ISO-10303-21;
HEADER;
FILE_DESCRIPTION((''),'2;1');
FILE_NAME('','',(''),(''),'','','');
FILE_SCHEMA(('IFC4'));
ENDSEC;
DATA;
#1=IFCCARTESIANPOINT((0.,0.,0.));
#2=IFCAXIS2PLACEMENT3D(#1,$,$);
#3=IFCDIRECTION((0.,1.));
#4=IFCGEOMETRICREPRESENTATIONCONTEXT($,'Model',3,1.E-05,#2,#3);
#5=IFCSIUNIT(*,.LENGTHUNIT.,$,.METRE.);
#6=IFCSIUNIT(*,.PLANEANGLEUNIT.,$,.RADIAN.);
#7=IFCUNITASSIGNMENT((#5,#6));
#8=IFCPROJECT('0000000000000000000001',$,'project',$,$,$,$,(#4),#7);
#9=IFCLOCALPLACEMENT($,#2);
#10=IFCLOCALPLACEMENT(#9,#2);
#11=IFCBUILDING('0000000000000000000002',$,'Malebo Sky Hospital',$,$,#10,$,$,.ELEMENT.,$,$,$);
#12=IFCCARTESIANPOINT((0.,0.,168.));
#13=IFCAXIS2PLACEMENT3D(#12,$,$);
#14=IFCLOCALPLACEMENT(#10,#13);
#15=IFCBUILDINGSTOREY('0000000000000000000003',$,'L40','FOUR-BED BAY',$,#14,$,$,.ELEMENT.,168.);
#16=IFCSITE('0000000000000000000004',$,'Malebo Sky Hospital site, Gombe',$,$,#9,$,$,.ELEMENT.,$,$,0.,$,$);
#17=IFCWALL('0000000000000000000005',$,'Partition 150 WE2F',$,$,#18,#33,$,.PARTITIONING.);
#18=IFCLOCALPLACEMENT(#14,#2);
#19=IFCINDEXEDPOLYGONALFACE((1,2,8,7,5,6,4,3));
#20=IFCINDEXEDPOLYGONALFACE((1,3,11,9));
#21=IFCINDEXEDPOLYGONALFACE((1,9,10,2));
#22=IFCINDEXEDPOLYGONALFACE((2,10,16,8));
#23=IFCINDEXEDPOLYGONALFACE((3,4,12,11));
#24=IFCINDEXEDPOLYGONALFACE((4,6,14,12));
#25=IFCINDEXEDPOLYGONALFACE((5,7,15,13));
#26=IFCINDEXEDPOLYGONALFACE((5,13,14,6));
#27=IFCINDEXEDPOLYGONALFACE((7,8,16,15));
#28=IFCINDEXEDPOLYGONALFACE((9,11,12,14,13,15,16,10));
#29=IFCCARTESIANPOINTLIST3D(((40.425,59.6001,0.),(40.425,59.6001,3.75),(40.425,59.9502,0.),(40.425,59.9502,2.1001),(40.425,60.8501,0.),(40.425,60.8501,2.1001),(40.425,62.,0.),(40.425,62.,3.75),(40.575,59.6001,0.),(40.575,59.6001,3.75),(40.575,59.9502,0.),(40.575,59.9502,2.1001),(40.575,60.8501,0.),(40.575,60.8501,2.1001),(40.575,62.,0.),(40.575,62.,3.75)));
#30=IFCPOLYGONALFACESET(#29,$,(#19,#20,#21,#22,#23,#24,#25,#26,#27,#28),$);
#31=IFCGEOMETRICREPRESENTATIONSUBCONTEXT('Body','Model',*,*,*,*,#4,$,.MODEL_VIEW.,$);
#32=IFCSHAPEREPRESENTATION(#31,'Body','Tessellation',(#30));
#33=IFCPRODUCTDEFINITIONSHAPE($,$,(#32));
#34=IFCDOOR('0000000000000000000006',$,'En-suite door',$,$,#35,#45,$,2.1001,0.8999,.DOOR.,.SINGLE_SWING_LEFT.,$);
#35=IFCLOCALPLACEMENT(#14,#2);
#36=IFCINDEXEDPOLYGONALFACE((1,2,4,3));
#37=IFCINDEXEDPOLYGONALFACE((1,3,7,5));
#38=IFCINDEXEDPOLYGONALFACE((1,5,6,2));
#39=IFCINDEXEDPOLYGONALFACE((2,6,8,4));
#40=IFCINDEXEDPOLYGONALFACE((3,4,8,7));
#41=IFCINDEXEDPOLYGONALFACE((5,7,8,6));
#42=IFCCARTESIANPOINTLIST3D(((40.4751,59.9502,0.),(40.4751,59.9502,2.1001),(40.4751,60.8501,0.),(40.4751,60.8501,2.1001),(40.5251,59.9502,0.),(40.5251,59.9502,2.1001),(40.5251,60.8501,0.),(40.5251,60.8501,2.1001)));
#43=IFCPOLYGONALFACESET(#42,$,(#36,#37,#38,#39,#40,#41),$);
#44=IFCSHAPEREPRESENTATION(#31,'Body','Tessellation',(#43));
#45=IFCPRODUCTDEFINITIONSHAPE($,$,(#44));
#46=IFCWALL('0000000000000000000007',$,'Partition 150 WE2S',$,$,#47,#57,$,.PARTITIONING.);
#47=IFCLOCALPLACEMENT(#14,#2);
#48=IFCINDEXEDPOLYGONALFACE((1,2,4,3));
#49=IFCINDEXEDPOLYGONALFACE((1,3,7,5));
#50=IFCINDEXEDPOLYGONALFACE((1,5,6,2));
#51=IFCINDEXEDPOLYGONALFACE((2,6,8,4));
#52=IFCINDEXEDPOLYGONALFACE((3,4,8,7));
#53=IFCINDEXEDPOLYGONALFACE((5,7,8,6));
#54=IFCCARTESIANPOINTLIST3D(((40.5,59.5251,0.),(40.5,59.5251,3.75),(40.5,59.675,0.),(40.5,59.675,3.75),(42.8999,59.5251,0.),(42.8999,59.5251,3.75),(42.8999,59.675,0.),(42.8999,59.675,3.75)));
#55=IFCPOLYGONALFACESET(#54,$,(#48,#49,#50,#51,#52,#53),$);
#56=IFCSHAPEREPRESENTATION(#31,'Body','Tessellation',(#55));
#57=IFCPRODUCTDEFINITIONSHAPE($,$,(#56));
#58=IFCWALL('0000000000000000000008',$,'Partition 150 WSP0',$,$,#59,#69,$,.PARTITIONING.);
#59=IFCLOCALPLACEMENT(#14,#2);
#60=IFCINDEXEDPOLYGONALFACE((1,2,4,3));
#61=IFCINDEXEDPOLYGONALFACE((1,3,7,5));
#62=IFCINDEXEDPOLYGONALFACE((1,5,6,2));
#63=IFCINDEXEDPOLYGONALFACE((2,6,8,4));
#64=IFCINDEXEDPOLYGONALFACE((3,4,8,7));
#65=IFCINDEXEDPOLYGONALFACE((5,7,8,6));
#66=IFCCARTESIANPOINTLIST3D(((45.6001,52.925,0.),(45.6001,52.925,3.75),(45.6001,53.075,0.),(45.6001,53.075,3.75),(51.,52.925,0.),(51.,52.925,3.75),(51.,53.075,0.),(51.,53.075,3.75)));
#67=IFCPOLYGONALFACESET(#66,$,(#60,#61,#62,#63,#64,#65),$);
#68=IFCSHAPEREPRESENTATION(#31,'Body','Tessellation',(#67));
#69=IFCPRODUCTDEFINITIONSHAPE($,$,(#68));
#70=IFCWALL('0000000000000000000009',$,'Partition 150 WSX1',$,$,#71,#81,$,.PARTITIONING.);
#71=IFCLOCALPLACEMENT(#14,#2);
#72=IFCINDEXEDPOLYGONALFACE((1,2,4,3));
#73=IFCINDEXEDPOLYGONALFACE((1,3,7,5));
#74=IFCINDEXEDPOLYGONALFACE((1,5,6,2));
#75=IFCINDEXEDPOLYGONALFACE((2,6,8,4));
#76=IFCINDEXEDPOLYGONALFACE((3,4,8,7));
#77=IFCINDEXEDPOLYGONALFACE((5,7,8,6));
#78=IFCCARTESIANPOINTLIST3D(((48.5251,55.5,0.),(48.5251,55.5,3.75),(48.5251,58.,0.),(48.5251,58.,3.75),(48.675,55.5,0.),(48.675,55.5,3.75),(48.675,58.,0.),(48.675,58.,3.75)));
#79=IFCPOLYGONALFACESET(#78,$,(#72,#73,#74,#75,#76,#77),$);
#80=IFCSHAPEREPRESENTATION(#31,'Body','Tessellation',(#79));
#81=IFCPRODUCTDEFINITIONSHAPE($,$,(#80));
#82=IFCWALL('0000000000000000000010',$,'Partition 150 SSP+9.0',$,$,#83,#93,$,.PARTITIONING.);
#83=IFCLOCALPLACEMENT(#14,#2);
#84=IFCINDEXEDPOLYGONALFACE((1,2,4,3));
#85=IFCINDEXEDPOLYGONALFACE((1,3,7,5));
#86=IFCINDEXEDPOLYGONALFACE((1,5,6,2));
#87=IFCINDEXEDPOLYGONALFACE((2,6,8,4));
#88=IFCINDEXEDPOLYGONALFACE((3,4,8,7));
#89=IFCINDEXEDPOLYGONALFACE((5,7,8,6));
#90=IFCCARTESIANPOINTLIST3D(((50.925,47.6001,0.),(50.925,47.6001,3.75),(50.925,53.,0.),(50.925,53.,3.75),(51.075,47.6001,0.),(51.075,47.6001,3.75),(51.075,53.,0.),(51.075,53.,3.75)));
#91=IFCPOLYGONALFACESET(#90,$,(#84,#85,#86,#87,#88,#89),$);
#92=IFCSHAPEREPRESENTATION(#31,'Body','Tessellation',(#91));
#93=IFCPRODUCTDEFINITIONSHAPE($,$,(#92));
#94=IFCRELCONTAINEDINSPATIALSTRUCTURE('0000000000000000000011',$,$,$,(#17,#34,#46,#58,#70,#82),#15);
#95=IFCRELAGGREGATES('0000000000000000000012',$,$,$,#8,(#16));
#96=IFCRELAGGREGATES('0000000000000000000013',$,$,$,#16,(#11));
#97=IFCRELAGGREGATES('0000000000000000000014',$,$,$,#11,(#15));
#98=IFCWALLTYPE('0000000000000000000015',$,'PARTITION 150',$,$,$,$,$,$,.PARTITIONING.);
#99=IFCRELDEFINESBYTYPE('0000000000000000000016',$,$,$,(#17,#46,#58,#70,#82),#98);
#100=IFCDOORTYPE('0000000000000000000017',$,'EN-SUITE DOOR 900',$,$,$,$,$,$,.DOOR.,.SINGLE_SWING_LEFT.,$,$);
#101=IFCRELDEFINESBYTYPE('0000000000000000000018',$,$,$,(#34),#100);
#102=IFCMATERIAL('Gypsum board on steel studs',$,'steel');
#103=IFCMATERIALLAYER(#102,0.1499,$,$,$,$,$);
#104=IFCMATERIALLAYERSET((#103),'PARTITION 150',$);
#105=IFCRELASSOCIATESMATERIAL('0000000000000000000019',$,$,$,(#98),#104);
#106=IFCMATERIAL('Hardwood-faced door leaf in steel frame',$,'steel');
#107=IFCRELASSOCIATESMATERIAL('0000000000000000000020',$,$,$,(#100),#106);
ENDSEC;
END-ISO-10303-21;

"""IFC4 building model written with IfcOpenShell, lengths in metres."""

from ifc_helpers import new_model, si_unit, direction, frame, frame_2d, origin, place, context, subcontext, project, spatial, rectangle, extrude, material, layer, layer_set, type_object, element, fill, save


model = new_model("IFC4")

# Units and contexts
model_context = context("Model", 3, precision=1e-05, world=origin(), true_north=direction((0.0, 1.0)))
body_context = subcontext(model_context, "Body", "Model", "MODEL_VIEW")
ifc_project = project(units=[si_unit("LENGTHUNIT", "METRE"), si_unit("PLANEANGLEUNIT", "RADIAN")], contexts=[model_context])

# Site, building, storey
site_placement = place(None, origin())
site = spatial("IfcSite", under=ifc_project, at=site_placement, Name="Malebo Sky Hospital site, Gombe", CompositionType="ELEMENT", RefElevation=0.0)
building_placement = place(site_placement, origin())
building = spatial("IfcBuilding", under=site, at=building_placement, Name="Malebo Sky Hospital", CompositionType="ELEMENT")
storey_placement = place(building_placement, frame((0.0, 0.0, 168.0)))
storey = spatial("IfcBuildingStorey", under=building, at=storey_placement, Name="L40", Description="FOUR-BED BAY", CompositionType="ELEMENT", Elevation=168.0)

# Shared definitions
ifc_material_1 = material(Name="Gypsum board on steel studs", Category="steel")
ifc_material_2 = material(Name="Hardwood-faced door leaf in steel frame", Category="steel")

# Shared definitions
ifc_layer_1 = layer(ifc_material_1, 0.1499)
ifc_layer_set_1 = layer_set([ifc_layer_1], Name="PARTITION 150")
wall_type_1 = type_object("IfcWallType", Name="PARTITION 150", PredefinedType="PARTITIONING", material=ifc_layer_set_1)

# Shared definitions
door_type_1 = type_object("IfcDoorType", Name="EN-SUITE DOOR 900", OperationType="SINGLE_SWING_LEFT", PredefinedType="DOOR", material=ifc_material_2)

# Wall, opening, door
wall_1_placement = place(storey_placement, frame((40.5, 59.6001, 0.0), z_axis=(0.0, 0.0, 1.0), x_axis=(0.0, 1.0, 0.0)))
wall_1 = element("IfcWall", 1, at=wall_1_placement, inside=storey, type_object=wall_type_1, Name="Partition 150 WE2F", PredefinedType="PARTITIONING", context=body_context, shape_type="SweptSolid", body=[
    extrude(rectangle(XDim=2.3999, YDim=0.1499, at=frame_2d((1.2, 0.0))), origin(), (0.0, 0.0, 1.0), 3.75),
])
opening_1_placement = place(wall_1_placement, frame((0.3501, 0.0, 0.0)))
opening_1 = element("IfcOpeningElement", 2, at=opening_1_placement, cuts=wall_1, PredefinedType="OPENING", context=body_context, shape_type="SweptSolid", body=[
    extrude(rectangle(XDim=0.8999, YDim=2.1001, at=frame_2d((0.45, 1.05))), frame((0.0, 0.085, 0.0), z_axis=(0.0, -1.0, 0.0), x_axis=(1.0, 0.0, 0.0)), (0.0, 0.0, 1.0), 0.1699),
])
door_1_placement = place(opening_1_placement, origin())
door_1 = element("IfcDoor", 3, at=door_1_placement, inside=storey, type_object=door_type_1, Name="En-suite door", OperationType="SINGLE_SWING_LEFT", OverallHeight=2.1001, OverallWidth=0.8999, PredefinedType="DOOR", context=body_context, shape_type="SweptSolid", body=[
    extrude(rectangle(XDim=0.8999, YDim=2.1001, at=frame_2d((0.45, 1.05))), frame((0.0, 0.0249, 0.0), z_axis=(0.0, -1.0, 0.0), x_axis=(1.0, 0.0, 0.0)), (0.0, 0.0, 1.0), 0.05),
])
fill(opening_1, door_1)

# Walls
wall_2_placement = place(storey_placement, frame((42.8999, 59.6001, 0.0), z_axis=(0.0, 0.0, 1.0), x_axis=(-1.0, 0.0, 0.0)))
element("IfcWall", 4, at=wall_2_placement, inside=storey, type_object=wall_type_1, Name="Partition 150 WE2S", PredefinedType="PARTITIONING", context=body_context, shape_type="SweptSolid", body=[
    extrude(rectangle(XDim=2.3999, YDim=0.1499, at=frame_2d((1.2, 0.0))), origin(), (0.0, 0.0, 1.0), 3.75),
])
wall_3_placement = place(storey_placement, frame((51.0, 53.0, 0.0), z_axis=(0.0, 0.0, 1.0), x_axis=(-1.0, 0.0, 0.0)))
element("IfcWall", 5, at=wall_3_placement, inside=storey, type_object=wall_type_1, Name="Partition 150 WSP0", PredefinedType="PARTITIONING", context=body_context, shape_type="SweptSolid", body=[
    extrude(rectangle(XDim=5.3999, YDim=0.1499, at=frame_2d((2.7, 0.0))), origin(), (0.0, 0.0, 1.0), 3.75),
])
wall_4_placement = place(storey_placement, frame((48.6001, 55.5, 0.0), z_axis=(0.0, 0.0, 1.0), x_axis=(0.0, 1.0, 0.0)))
element("IfcWall", 6, at=wall_4_placement, inside=storey, type_object=wall_type_1, Name="Partition 150 WSX1", PredefinedType="PARTITIONING", context=body_context, shape_type="SweptSolid", body=[
    extrude(rectangle(XDim=2.5, YDim=0.1499, at=frame_2d((1.25, 0.0))), origin(), (0.0, 0.0, 1.0), 3.75),
])
wall_5_placement = place(storey_placement, frame((51.0, 53.0, 0.0), z_axis=(0.0, 0.0, 1.0), x_axis=(0.0, -1.0, 0.0)))
element("IfcWall", 7, at=wall_5_placement, inside=storey, type_object=wall_type_1, Name="Partition 150 SSP+9.0", PredefinedType="PARTITIONING", context=body_context, shape_type="SweptSolid", body=[
    extrude(rectangle(XDim=5.3999, YDim=0.1499, at=frame_2d((2.7, 0.0))), origin(), (0.0, 0.0, 1.0), 3.75),
])

save(model, "model.ifc")
